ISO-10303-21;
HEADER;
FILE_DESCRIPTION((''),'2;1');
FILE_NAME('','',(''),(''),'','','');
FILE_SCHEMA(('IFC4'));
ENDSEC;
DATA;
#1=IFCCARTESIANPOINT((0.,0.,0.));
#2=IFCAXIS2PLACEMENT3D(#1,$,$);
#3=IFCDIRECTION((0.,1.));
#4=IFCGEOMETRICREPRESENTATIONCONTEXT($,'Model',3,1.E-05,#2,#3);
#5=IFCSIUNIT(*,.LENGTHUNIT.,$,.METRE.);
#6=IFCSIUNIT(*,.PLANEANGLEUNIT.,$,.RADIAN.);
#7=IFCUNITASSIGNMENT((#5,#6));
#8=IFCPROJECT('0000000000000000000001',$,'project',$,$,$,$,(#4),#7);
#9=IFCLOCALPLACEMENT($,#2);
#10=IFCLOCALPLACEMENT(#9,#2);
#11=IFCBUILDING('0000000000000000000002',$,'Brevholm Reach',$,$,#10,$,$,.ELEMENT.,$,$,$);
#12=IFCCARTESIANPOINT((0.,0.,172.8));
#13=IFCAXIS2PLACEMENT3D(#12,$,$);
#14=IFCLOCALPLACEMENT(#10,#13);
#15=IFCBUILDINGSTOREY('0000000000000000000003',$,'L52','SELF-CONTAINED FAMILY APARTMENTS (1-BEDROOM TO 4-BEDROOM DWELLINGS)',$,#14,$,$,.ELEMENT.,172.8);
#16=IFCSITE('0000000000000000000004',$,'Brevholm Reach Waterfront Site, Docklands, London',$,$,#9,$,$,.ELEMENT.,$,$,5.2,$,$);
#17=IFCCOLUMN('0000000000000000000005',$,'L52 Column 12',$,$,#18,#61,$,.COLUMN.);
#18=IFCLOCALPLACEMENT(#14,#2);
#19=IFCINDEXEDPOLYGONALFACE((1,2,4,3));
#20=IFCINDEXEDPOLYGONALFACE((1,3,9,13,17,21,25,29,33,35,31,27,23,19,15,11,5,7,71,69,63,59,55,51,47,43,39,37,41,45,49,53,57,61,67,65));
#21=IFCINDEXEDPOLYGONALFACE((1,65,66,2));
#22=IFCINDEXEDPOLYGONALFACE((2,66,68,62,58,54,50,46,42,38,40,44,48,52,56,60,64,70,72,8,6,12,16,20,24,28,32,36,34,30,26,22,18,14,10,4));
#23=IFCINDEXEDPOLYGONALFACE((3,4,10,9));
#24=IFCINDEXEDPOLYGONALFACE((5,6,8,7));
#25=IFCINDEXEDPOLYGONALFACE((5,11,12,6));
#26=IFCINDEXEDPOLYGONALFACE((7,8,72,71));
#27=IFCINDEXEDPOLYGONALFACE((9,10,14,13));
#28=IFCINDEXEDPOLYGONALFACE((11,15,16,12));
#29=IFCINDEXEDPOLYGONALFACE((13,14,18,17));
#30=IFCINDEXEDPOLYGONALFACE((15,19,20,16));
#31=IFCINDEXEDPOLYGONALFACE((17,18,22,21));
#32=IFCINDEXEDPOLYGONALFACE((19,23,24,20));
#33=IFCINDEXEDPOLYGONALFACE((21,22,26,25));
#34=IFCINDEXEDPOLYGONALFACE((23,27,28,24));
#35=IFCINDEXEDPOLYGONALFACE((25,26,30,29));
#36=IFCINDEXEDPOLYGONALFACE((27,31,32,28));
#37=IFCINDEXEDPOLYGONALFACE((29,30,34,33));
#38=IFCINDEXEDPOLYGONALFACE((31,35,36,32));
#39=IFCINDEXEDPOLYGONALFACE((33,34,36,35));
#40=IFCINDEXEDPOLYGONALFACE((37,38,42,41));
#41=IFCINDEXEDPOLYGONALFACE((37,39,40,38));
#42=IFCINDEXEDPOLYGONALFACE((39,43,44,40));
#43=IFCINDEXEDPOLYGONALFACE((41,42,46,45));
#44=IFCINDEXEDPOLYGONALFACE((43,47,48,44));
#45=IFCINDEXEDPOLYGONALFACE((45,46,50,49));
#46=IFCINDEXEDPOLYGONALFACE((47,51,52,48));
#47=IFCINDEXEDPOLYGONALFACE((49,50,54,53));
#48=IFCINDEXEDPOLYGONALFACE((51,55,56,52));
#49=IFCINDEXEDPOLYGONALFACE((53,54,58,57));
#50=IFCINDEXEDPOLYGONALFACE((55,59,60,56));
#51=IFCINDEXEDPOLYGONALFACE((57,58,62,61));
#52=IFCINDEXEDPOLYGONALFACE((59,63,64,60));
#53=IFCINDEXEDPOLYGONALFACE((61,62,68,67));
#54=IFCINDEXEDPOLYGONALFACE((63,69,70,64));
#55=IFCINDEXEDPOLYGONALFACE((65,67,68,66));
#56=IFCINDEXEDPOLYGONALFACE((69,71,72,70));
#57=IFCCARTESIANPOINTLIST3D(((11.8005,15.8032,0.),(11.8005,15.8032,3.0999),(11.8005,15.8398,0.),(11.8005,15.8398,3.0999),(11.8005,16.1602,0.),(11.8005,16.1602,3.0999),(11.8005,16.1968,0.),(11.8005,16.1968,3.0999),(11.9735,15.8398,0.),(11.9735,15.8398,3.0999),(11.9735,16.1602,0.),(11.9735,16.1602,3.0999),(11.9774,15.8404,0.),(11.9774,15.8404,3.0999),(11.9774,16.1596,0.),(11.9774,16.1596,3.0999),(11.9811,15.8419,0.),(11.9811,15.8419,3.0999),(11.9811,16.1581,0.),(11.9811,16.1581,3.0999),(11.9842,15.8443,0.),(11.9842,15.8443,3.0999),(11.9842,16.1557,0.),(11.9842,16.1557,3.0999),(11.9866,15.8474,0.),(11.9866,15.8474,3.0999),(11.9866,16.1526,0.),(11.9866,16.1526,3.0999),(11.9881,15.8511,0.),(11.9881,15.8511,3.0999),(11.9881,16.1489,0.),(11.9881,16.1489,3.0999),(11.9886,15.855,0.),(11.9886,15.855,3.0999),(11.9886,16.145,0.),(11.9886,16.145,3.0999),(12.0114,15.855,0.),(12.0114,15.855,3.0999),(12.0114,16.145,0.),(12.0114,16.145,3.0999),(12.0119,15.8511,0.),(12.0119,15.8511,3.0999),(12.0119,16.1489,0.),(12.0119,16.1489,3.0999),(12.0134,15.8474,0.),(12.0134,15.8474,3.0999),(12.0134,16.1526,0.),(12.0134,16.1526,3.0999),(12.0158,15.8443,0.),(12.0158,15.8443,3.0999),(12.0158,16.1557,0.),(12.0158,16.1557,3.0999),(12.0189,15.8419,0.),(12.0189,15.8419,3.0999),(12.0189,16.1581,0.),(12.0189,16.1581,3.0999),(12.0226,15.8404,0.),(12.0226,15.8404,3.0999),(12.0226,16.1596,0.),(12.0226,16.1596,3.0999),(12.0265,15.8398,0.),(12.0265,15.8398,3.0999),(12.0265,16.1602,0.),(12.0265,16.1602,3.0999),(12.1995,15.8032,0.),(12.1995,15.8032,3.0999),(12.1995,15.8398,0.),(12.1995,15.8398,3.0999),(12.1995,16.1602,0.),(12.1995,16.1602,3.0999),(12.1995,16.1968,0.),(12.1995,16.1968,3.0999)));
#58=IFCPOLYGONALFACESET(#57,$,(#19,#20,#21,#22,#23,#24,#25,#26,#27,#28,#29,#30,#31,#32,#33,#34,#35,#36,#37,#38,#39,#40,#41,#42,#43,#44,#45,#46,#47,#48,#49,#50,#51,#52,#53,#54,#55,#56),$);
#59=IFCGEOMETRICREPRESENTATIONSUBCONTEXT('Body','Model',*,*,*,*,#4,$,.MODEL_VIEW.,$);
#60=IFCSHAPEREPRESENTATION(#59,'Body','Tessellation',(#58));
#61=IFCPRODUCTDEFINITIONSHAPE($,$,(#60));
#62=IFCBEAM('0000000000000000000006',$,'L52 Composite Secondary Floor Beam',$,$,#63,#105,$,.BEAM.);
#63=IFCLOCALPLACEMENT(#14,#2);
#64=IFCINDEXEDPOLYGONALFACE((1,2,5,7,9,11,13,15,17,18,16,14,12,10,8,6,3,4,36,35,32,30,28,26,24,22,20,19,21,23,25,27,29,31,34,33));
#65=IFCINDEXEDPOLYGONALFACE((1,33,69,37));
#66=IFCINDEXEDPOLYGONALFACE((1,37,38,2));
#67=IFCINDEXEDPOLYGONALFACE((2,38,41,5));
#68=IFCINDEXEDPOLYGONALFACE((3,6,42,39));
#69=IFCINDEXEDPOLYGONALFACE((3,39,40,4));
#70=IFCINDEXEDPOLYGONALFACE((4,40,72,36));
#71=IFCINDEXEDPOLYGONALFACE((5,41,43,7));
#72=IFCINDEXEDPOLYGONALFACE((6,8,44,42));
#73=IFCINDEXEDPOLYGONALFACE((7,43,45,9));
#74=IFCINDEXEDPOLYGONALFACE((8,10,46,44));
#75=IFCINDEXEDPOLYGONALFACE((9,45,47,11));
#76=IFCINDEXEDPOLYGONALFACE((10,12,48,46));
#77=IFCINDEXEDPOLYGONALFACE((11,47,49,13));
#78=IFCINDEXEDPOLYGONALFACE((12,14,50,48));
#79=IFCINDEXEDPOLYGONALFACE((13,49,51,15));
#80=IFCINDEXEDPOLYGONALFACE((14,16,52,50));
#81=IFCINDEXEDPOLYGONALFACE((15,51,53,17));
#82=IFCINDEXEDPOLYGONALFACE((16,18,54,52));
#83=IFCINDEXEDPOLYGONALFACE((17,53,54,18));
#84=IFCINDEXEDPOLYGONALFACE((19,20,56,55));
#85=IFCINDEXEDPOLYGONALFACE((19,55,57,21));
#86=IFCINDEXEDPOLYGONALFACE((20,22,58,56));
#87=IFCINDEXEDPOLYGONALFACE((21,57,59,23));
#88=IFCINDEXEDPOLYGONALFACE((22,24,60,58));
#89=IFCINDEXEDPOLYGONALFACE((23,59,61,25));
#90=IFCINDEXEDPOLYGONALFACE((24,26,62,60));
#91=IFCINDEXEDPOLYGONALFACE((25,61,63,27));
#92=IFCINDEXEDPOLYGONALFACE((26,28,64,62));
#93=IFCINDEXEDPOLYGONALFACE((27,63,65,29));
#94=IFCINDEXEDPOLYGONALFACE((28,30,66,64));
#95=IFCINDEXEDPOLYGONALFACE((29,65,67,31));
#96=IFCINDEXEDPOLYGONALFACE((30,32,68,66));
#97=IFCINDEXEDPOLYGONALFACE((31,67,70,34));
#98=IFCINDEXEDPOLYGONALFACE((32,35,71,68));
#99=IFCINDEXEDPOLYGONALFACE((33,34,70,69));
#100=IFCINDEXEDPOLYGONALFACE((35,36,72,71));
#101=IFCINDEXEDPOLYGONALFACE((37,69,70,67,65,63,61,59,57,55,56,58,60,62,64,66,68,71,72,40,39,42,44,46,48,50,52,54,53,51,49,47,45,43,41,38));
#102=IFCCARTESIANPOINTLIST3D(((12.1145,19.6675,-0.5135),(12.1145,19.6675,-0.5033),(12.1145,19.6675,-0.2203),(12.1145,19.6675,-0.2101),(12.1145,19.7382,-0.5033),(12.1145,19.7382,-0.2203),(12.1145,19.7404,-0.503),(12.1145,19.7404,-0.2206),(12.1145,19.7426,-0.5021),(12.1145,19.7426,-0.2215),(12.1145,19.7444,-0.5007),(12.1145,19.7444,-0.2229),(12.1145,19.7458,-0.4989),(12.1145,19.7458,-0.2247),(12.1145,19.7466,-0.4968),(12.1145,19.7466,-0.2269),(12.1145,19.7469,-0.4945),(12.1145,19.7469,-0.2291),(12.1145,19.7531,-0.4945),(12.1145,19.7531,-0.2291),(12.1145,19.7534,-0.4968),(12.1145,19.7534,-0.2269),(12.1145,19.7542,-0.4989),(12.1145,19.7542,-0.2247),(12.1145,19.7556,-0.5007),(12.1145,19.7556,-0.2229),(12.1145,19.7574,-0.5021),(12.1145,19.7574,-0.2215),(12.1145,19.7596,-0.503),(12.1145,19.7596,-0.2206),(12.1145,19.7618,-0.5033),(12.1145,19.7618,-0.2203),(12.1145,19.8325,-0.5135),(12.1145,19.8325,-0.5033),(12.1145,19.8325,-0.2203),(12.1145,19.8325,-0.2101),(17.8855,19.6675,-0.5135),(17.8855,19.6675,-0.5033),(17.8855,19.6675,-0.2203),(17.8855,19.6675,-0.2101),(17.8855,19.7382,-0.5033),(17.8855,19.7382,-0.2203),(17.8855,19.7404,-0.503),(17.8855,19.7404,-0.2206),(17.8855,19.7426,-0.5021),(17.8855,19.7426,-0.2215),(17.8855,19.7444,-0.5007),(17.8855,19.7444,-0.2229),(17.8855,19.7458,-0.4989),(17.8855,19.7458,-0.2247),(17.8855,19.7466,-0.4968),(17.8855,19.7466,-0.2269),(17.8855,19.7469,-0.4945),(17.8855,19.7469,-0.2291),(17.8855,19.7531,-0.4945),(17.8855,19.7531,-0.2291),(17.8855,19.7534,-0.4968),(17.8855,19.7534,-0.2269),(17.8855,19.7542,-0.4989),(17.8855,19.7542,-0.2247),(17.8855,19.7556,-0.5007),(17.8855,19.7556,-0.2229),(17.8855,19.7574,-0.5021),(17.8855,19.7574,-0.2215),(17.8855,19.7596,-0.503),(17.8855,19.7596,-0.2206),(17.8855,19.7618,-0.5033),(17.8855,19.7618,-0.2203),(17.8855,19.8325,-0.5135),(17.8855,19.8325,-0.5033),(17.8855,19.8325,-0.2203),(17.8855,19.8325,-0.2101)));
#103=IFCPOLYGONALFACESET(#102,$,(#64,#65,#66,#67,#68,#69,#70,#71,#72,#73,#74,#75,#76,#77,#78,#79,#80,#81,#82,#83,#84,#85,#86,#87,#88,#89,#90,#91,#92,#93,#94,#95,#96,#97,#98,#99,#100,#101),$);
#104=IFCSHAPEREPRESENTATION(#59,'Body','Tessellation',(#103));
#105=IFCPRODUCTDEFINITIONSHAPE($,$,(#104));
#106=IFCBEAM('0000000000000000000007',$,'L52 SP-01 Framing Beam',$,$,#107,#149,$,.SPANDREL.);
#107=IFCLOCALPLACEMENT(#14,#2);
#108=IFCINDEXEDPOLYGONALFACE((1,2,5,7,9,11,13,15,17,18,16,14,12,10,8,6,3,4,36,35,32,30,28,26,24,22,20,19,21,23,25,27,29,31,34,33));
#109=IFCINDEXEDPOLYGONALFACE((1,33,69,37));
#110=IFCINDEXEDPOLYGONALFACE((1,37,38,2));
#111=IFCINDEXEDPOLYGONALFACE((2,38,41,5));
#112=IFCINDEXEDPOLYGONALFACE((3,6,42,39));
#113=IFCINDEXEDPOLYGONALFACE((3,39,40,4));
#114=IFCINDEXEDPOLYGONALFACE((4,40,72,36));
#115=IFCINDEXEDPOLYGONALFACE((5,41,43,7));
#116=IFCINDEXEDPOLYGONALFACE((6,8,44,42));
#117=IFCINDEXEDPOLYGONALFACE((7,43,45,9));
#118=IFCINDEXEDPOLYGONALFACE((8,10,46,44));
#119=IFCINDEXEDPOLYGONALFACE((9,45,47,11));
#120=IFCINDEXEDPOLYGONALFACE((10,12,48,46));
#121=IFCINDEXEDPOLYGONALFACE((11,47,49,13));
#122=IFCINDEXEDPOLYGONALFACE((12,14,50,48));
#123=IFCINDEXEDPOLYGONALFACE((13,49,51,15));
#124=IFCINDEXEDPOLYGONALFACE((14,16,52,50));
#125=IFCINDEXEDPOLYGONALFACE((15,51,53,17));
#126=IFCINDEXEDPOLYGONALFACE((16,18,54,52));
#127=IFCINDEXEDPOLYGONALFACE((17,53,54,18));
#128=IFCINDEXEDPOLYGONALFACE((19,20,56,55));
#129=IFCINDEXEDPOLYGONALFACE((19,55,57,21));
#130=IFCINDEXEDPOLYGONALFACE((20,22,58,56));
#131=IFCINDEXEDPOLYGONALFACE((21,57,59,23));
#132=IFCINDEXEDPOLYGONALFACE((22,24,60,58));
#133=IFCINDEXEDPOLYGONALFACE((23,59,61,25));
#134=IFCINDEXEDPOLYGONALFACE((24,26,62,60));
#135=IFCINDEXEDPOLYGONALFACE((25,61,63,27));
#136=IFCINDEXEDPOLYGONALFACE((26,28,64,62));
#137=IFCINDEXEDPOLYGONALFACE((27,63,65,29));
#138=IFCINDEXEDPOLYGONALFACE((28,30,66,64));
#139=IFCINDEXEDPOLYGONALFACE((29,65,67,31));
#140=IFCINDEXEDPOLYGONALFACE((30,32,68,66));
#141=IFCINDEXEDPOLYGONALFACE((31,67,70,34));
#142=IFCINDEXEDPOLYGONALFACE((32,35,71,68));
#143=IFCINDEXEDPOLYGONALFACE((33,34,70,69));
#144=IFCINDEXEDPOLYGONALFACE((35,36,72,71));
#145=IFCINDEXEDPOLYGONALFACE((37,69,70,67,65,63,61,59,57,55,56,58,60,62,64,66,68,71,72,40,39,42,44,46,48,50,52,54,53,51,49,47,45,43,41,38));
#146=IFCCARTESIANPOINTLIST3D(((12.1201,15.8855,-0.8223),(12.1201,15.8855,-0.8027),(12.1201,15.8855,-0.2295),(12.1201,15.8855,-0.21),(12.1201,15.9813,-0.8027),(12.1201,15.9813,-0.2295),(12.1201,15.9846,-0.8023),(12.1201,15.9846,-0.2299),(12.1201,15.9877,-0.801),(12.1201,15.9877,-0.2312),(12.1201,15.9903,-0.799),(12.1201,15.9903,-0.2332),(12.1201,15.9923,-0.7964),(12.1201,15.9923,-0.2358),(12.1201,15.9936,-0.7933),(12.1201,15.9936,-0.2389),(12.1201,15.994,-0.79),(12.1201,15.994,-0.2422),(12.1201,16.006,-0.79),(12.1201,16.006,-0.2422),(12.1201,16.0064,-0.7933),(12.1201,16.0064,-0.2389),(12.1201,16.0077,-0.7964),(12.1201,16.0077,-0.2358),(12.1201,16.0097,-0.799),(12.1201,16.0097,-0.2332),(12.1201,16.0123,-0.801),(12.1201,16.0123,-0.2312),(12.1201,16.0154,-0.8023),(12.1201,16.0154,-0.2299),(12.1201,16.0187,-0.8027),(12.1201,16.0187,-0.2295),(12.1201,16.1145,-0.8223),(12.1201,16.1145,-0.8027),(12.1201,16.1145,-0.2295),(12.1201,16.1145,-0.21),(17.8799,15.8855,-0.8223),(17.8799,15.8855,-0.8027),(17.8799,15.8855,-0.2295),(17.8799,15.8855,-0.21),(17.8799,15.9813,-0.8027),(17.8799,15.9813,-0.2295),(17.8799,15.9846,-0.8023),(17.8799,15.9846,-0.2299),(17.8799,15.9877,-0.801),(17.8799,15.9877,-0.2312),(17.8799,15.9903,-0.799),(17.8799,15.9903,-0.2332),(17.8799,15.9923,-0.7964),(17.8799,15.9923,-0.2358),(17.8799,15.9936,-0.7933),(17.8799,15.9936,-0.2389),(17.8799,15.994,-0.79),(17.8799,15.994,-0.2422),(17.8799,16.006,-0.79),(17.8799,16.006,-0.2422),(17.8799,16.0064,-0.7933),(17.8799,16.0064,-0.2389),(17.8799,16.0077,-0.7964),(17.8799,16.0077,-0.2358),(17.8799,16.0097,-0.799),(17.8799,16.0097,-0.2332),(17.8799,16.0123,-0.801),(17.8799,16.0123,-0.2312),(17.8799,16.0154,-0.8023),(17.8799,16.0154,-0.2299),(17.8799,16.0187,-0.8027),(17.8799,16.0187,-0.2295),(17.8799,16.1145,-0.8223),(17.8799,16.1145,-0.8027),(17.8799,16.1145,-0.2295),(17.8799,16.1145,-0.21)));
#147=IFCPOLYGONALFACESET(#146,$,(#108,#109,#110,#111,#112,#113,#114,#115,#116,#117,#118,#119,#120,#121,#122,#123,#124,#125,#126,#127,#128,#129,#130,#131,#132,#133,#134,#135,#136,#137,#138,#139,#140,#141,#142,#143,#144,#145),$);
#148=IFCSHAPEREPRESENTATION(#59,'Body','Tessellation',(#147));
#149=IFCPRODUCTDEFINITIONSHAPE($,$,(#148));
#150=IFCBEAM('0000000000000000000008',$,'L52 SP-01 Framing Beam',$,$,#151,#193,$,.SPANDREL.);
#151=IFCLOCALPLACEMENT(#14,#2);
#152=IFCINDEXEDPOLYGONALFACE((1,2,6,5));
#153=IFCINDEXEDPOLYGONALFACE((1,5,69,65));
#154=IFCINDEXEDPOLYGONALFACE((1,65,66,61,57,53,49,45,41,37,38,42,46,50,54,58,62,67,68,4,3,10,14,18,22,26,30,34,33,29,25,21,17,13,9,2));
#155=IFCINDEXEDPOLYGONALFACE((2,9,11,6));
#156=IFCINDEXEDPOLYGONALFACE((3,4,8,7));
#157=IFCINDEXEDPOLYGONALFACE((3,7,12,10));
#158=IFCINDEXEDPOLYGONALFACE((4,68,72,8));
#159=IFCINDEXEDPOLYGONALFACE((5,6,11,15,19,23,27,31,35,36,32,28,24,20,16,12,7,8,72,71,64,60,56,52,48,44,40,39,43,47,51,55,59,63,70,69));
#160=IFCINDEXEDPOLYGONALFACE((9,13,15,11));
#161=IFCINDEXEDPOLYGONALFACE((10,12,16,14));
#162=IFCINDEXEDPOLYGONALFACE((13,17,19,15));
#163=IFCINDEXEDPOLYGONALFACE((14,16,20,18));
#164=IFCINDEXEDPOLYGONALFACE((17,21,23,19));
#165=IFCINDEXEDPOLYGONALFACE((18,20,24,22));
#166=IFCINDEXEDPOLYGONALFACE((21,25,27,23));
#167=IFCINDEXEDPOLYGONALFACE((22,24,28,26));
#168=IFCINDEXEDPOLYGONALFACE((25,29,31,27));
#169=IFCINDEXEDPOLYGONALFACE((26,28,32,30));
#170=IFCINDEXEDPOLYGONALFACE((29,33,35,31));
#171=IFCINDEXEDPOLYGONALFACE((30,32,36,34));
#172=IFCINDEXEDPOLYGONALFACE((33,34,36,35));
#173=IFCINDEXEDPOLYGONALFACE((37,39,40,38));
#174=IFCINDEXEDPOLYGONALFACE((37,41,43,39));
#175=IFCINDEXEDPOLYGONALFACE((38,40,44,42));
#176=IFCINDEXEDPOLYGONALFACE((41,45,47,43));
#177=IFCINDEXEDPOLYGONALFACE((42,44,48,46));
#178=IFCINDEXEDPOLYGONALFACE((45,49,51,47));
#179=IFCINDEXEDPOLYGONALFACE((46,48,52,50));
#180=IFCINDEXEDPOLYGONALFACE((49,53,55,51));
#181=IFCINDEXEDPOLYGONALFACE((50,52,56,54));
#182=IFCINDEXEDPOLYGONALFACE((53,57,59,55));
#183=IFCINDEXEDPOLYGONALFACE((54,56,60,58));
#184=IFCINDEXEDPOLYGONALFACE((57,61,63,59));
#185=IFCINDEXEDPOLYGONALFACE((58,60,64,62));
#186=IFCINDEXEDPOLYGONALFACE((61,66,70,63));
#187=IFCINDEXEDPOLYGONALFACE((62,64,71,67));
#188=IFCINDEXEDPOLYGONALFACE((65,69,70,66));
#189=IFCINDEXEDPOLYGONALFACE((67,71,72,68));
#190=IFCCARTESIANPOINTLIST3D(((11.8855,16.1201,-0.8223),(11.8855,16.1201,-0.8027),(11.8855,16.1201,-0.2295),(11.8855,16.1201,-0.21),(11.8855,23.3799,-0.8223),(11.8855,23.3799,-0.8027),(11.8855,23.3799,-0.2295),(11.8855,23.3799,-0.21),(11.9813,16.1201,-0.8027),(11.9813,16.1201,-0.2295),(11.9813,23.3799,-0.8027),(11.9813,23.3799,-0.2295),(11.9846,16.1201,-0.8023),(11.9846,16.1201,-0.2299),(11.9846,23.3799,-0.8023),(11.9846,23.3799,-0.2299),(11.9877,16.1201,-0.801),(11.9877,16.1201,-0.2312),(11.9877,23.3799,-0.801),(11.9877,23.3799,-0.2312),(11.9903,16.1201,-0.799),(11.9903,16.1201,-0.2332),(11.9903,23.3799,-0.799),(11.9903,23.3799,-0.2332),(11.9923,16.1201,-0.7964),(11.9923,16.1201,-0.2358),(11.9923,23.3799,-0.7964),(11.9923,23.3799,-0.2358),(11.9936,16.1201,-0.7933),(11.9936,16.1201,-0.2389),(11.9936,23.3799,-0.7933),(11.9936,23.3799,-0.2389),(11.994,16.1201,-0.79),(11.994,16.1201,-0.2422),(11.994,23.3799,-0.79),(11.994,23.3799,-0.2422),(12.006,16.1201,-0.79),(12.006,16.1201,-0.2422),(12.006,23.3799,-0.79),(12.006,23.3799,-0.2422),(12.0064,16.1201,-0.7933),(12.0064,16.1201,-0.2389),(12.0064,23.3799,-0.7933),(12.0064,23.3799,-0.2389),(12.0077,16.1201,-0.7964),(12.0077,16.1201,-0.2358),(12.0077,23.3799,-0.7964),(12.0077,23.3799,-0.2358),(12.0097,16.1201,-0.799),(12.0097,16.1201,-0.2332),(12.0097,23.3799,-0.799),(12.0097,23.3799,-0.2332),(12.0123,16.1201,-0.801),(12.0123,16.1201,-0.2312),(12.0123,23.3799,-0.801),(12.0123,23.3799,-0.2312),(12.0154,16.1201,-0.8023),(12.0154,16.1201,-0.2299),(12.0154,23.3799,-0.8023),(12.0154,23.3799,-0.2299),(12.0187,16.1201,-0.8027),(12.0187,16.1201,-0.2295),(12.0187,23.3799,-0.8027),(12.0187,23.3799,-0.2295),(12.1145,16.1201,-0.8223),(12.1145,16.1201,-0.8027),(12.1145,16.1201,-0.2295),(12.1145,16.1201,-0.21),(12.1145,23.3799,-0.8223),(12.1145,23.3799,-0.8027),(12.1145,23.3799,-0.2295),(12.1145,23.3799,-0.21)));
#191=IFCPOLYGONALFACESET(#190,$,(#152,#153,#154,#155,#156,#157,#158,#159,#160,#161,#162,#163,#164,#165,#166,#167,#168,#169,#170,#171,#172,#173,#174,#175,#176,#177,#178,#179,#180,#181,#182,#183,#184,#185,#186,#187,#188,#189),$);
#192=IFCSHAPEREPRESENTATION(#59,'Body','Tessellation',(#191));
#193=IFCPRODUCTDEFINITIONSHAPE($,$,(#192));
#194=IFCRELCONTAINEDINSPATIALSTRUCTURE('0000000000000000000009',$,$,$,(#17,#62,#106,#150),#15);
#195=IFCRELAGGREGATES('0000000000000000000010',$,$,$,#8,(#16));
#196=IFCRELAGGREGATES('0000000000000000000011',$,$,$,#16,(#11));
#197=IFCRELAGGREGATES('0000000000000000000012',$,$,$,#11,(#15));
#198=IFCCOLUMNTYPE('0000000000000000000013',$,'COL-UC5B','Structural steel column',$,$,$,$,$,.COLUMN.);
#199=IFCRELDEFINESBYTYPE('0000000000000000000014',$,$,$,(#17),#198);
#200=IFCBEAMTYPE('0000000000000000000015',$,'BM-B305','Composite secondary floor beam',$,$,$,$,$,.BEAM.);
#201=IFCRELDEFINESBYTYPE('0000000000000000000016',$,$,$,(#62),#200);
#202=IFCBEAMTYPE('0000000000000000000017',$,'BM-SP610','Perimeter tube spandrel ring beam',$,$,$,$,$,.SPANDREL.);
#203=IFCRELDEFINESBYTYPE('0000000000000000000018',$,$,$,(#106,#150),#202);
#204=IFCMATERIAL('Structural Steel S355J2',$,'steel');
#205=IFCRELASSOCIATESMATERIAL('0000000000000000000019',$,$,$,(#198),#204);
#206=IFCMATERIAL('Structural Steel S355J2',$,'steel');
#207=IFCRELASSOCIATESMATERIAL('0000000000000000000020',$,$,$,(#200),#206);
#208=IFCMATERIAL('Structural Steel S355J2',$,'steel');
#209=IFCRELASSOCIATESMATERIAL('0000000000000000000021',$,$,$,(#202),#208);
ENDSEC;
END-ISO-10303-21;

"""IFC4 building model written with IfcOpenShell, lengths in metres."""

from ifc_helpers import new_model, si_unit, direction, frame, origin, origin_2d, place, context, subcontext, project, spatial, i_section, extrude, material, material_profile, profile_set, type_object, element, save


model = new_model("IFC4")

# Units and contexts
model_context = context("Model", 3, precision=1e-05, world=origin(), true_north=direction((0.0, 1.0)))
body_context = subcontext(model_context, "Body", "Model", "MODEL_VIEW")
ifc_project = project(units=[si_unit("LENGTHUNIT", "METRE"), si_unit("PLANEANGLEUNIT", "RADIAN")], contexts=[model_context])

# Site, building, storey
site_placement = place(None, origin())
site = spatial("IfcSite", under=ifc_project, at=site_placement, Name="Brevholm Reach Waterfront Site, Docklands, London", CompositionType="ELEMENT", RefElevation=5.2)
building_placement = place(site_placement, origin())
building = spatial("IfcBuilding", under=site, at=building_placement, Name="Brevholm Reach", CompositionType="ELEMENT")
storey_placement = place(building_placement, frame((0.0, 0.0, 172.8)))
storey = spatial("IfcBuildingStorey", under=building, at=storey_placement, Name="L52", Description="SELF-CONTAINED FAMILY APARTMENTS (1-BEDROOM TO 4-BEDROOM DWELLINGS)", CompositionType="ELEMENT", Elevation=172.8)

# Column
ifc_material_1 = material(Name="Structural Steel S355J2", Category="steel")
ifc_material_profile_1 = material_profile(ifc_material_1, i_section(OverallWidth=0.3989, OverallDepth=0.3936, WebThickness=0.0227, FlangeThickness=0.0366, FilletRadius=0.0151, at=origin_2d()), Name="UKC 356x406x287")
ifc_profile_set_1 = profile_set([ifc_material_profile_1], Name="Structural Steel S355J2")
column_type = type_object("IfcColumnType", Name="COL-UC5B", Description="Structural steel column", PredefinedType="COLUMN", material=ifc_profile_set_1)
column_placement = place(storey_placement, frame((12.0, 16.0, 0.0), z_axis=(0.0, 0.0, 1.0), x_axis=(1.0, 0.0, 0.0)))
element("IfcColumn", 1, at=column_placement, inside=storey, type_object=column_type, Name="L52 Column 12", PredefinedType="COLUMN", context=body_context, shape_type="SweptSolid", body=[
    extrude(i_section(OverallWidth=0.3989, OverallDepth=0.3936, WebThickness=0.0227, FlangeThickness=0.0366, FilletRadius=0.0151, at=origin_2d()), origin(), (0.0, 0.0, 1.0), 3.0999),
])

# Beams
ifc_material_2 = material(Name="Structural Steel S355J2", Category="steel")
ifc_material_profile_2 = material_profile(ifc_material_2, i_section(OverallWidth=0.165, OverallDepth=0.3035, WebThickness=0.0061, FlangeThickness=0.0103, FilletRadius=0.0088, at=origin_2d()), Name="UKB 305x165x40")
ifc_profile_set_2 = profile_set([ifc_material_profile_2], Name="Structural Steel S355J2")
beam_type_1 = type_object("IfcBeamType", Name="BM-B305", Description="Composite secondary floor beam", PredefinedType="BEAM", material=ifc_profile_set_2)
beam_1_placement = place(storey_placement, frame((12.1145, 19.75, -0.3618), z_axis=(1.0, 0.0, 0.0), x_axis=(0.0, 1.0, 0.0)))
element("IfcBeam", 2, at=beam_1_placement, inside=storey, type_object=beam_type_1, Name="L52 Composite Secondary Floor Beam", PredefinedType="BEAM", context=body_context, shape_type="SweptSolid", body=[
    extrude(i_section(OverallWidth=0.165, OverallDepth=0.3035, WebThickness=0.0061, FlangeThickness=0.0103, FilletRadius=0.0088, at=origin_2d()), origin(), (0.0, 0.0, 1.0), 5.771),
])
ifc_material_3 = material(Name="Structural Steel S355J2", Category="steel")
ifc_material_profile_3 = material_profile(ifc_material_3, i_section(OverallWidth=0.229, OverallDepth=0.6123, WebThickness=0.012, FlangeThickness=0.0195, FilletRadius=0.0127, at=origin_2d()), Name="UKB 610x229x125")
ifc_profile_set_3 = profile_set([ifc_material_profile_3], Name="Structural Steel S355J2")
beam_type_2 = type_object("IfcBeamType", Name="BM-SP610", Description="Perimeter tube spandrel ring beam", PredefinedType="SPANDREL", material=ifc_profile_set_3)
beam_2_placement = place(storey_placement, frame((12.1201, 16.0, -0.5161), z_axis=(1.0, 0.0, 0.0), x_axis=(0.0, 1.0, 0.0)))
element("IfcBeam", 3, at=beam_2_placement, inside=storey, type_object=beam_type_2, Name="L52 SP-01 Framing Beam", PredefinedType="SPANDREL", context=body_context, shape_type="SweptSolid", body=[
    extrude(i_section(OverallWidth=0.229, OverallDepth=0.6123, WebThickness=0.012, FlangeThickness=0.0195, FilletRadius=0.0127, at=origin_2d()), origin(), (0.0, 0.0, 1.0), 5.7598),
])
beam_3_placement = place(storey_placement, frame((12.0, 16.1201, -0.5161), z_axis=(0.0, 1.0, 0.0), x_axis=(-1.0, 0.0, 0.0)))
element("IfcBeam", 4, at=beam_3_placement, inside=storey, type_object=beam_type_2, Name="L52 SP-01 Framing Beam", PredefinedType="SPANDREL", context=body_context, shape_type="SweptSolid", body=[
    extrude(i_section(OverallWidth=0.229, OverallDepth=0.6123, WebThickness=0.012, FlangeThickness=0.0195, FilletRadius=0.0127, at=origin_2d()), origin(), (0.0, 0.0, 1.0), 7.2598),
])

save(model, "model.ifc")
